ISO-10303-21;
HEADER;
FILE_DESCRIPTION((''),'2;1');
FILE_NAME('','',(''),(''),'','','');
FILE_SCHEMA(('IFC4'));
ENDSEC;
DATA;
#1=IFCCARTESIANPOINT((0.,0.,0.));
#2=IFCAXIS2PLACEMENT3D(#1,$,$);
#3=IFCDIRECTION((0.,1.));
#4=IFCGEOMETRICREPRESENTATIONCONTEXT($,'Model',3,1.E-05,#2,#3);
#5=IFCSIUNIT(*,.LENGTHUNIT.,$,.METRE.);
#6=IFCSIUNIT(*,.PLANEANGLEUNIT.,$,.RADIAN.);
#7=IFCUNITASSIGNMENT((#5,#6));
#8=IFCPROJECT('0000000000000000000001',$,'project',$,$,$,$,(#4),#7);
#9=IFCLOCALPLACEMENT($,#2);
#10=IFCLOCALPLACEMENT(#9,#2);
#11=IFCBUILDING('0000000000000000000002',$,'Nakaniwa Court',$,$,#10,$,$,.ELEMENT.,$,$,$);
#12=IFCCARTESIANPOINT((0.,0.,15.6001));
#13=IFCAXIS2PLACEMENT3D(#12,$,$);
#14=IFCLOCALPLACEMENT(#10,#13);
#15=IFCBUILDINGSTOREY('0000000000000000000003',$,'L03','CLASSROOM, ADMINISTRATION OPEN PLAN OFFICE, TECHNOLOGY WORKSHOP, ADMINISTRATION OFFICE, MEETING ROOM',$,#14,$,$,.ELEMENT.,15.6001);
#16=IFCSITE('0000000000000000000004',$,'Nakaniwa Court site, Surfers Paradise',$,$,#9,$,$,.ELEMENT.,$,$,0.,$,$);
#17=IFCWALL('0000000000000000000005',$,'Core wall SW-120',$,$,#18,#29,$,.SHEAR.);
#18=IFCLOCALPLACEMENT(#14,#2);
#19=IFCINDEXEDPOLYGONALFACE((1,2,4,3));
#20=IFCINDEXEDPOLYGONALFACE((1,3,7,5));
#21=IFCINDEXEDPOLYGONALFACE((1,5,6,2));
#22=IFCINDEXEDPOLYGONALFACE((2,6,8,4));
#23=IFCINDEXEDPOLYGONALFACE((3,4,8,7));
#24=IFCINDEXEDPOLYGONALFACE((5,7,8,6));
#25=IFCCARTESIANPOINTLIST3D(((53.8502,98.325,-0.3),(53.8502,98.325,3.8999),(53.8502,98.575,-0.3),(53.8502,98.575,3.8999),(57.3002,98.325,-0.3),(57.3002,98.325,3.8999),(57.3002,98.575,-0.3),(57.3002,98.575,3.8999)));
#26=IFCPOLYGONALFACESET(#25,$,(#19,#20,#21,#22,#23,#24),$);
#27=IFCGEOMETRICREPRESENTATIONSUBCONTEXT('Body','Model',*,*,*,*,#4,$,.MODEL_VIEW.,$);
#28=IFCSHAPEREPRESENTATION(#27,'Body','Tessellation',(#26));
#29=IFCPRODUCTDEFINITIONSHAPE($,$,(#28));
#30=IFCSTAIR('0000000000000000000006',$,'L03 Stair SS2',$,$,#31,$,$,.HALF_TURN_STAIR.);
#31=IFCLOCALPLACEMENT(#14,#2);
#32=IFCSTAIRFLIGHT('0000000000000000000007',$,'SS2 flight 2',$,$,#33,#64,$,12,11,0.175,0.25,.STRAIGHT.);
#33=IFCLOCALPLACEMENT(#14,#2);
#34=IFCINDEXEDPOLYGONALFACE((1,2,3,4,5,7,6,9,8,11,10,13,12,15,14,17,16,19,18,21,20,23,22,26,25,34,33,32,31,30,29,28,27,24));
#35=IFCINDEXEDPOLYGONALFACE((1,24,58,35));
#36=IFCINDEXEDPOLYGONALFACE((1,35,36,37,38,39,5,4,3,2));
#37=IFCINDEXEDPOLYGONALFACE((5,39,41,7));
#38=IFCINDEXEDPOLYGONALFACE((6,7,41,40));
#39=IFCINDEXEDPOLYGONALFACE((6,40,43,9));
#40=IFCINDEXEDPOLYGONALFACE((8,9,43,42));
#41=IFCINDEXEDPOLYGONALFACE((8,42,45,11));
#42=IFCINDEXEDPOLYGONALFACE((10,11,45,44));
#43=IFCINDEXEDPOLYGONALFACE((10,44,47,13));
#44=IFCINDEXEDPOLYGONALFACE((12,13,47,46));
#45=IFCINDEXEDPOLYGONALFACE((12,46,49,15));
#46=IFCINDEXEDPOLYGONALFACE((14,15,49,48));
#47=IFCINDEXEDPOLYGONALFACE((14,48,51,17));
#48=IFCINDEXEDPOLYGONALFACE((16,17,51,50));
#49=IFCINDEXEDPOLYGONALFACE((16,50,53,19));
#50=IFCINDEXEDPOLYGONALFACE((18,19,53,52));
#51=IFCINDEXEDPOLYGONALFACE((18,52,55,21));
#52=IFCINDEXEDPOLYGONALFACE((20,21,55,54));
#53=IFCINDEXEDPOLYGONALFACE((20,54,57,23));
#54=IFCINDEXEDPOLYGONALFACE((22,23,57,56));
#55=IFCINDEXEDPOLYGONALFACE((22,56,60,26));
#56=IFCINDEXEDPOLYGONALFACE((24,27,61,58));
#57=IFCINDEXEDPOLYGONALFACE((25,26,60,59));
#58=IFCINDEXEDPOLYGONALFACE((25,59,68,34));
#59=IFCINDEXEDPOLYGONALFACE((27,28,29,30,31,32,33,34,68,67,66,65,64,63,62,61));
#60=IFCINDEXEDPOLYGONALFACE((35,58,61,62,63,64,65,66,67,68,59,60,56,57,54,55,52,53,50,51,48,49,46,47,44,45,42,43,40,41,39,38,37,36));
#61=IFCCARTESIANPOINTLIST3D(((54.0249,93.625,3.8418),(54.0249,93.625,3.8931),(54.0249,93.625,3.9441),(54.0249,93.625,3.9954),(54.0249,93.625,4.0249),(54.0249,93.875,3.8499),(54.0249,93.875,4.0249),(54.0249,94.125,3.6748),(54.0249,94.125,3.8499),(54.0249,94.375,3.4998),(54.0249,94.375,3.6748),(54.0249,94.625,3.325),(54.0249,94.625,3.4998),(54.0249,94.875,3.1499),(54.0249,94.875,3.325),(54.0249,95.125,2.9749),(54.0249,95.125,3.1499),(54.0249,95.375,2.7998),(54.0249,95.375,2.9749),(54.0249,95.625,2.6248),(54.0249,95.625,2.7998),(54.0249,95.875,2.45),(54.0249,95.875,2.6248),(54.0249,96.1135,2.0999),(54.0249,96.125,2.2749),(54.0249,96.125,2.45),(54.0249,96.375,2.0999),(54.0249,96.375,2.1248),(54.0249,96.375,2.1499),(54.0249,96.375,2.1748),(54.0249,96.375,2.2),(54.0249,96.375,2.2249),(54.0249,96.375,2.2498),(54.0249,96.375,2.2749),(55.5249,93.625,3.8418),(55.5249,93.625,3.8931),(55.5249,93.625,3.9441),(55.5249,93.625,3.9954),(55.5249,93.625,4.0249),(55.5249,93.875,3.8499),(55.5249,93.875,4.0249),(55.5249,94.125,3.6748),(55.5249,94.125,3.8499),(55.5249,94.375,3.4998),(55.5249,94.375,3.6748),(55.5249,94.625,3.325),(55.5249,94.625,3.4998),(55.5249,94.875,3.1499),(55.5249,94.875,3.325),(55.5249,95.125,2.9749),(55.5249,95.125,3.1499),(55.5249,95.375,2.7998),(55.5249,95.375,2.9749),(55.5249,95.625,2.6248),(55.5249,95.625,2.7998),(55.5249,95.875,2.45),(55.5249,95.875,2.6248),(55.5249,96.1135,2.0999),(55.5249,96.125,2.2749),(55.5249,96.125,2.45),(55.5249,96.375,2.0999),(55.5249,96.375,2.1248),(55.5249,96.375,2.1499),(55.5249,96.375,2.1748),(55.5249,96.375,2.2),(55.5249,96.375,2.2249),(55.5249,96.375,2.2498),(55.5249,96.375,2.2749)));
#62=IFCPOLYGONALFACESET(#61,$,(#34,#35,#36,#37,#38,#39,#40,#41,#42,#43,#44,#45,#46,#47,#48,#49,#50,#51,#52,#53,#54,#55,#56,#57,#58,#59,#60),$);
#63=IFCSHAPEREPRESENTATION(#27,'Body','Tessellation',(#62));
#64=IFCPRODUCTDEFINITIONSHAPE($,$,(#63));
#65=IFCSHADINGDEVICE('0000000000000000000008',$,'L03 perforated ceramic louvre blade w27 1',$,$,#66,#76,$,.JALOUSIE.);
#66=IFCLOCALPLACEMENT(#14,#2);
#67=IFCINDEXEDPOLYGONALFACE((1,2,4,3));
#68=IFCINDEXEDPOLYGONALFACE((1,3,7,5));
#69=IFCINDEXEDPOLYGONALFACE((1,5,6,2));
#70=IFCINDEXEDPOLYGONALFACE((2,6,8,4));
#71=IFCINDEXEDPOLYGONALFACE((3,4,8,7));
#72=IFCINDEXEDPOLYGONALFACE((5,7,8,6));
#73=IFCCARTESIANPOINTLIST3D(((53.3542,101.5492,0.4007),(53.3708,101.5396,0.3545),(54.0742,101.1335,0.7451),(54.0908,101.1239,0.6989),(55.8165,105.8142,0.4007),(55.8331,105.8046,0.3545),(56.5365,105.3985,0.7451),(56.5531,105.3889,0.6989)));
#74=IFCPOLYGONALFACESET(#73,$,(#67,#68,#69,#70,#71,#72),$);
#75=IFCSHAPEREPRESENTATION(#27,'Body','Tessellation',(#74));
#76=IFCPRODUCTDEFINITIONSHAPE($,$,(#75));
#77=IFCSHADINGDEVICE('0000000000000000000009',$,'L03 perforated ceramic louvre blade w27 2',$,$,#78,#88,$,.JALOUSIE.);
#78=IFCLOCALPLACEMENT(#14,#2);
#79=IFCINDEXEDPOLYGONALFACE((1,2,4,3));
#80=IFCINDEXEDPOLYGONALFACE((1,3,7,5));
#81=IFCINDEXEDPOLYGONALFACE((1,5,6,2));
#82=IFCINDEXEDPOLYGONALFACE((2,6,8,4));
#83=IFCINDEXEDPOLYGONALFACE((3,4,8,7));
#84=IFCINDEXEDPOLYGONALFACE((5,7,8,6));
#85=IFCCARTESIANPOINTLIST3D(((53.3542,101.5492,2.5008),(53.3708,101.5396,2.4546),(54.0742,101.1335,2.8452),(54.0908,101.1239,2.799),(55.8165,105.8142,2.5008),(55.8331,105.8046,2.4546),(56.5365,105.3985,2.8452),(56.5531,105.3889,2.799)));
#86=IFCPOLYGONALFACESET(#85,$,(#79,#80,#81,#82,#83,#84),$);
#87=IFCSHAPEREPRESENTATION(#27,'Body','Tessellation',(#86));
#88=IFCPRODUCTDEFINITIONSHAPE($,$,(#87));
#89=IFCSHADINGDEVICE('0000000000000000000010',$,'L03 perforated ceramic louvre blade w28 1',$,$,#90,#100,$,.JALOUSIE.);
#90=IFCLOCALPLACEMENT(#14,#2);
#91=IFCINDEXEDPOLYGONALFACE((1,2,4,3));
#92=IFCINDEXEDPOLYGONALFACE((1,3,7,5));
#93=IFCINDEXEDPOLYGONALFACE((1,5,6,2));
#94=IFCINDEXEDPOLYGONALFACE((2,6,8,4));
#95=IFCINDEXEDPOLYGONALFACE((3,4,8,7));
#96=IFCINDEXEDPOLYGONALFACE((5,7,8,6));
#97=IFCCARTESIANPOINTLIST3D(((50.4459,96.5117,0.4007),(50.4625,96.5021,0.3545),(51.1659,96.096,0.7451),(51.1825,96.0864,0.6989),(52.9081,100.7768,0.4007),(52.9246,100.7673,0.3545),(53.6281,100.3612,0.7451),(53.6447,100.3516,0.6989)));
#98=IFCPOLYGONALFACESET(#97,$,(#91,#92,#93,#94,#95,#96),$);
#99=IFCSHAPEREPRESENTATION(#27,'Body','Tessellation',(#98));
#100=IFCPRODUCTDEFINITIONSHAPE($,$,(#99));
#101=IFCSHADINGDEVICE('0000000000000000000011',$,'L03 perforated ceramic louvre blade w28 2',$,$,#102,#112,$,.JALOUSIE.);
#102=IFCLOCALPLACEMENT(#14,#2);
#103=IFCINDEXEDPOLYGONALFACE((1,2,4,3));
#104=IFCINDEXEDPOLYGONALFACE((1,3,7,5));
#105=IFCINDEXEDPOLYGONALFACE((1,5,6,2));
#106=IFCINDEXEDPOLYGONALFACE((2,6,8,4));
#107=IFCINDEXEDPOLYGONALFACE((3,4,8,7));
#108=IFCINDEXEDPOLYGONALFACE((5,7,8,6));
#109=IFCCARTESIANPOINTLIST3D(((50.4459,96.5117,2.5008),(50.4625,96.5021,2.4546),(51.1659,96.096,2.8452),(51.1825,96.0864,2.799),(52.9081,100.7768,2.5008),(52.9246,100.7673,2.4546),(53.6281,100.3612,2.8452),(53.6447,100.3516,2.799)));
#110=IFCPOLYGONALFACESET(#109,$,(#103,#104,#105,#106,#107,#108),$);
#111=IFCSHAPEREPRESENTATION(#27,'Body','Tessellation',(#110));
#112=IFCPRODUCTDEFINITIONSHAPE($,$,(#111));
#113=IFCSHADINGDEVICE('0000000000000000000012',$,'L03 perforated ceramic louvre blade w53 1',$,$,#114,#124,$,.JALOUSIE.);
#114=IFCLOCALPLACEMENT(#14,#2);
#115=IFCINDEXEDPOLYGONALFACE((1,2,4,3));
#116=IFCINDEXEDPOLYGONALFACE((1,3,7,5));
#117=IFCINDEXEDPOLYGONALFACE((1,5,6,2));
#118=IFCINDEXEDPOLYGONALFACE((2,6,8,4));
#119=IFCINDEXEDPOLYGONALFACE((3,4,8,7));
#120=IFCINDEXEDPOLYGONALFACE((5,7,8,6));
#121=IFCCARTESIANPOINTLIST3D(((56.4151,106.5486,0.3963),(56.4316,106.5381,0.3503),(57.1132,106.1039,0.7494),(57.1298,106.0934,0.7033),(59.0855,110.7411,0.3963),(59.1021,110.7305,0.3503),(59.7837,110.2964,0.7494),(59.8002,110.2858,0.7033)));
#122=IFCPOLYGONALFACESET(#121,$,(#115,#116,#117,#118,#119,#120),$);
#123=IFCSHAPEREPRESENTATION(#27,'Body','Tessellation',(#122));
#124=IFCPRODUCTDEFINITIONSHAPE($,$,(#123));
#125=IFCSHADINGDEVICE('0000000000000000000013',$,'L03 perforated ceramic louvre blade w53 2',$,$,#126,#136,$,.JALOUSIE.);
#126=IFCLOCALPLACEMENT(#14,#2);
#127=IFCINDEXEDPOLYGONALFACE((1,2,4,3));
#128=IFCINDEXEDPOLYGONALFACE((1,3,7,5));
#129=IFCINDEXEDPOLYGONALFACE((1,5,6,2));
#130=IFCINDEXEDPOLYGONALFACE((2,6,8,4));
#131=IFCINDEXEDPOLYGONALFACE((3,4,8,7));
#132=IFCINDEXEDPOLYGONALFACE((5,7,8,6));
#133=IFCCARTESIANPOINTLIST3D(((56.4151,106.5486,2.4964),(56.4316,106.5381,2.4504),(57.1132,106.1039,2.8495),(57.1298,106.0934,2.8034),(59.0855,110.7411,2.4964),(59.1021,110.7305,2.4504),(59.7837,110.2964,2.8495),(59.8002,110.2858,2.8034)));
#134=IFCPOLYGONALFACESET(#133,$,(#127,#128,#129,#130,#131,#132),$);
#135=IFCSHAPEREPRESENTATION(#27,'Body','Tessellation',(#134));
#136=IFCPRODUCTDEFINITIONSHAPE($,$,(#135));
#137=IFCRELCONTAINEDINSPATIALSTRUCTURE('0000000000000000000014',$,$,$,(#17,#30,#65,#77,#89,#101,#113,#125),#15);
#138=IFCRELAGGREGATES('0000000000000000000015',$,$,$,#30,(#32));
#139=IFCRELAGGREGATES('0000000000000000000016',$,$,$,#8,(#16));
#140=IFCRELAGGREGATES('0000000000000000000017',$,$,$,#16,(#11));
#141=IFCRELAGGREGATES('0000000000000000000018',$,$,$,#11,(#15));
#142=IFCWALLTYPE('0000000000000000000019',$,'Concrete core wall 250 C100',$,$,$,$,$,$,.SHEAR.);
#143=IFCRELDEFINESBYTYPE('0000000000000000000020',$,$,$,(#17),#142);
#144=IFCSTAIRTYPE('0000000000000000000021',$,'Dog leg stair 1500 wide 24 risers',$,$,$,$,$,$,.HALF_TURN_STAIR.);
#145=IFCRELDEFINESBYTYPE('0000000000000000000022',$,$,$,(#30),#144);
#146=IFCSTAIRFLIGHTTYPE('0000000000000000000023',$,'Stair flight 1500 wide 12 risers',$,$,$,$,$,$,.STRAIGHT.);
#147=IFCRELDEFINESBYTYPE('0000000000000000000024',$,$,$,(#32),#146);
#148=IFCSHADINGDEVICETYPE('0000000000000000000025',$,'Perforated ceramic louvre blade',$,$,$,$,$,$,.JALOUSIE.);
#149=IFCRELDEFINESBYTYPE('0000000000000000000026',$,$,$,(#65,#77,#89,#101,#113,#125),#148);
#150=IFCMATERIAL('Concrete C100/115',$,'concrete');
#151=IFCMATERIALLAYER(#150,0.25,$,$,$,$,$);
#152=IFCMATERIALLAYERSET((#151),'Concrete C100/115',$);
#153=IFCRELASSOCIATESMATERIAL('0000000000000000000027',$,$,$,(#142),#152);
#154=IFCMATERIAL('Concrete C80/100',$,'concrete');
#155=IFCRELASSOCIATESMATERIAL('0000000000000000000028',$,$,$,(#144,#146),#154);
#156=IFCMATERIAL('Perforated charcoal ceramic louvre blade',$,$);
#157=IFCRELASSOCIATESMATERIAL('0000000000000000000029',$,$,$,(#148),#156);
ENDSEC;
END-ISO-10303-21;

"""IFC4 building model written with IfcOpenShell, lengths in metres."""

from ifc_helpers import new_model, si_unit, direction, frame, frame_2d, origin, origin_2d, place, context, subcontext, project, spatial, polyline, rectangle, outline, extrude, material, layer, layer_set, material_profile, profile_set, type_object, element, aggregate, save


model = new_model("IFC4")

# Units and contexts
model_context = context("Model", 3, precision=1e-05, world=origin(), true_north=direction((0.0, 1.0)))
body_context = subcontext(model_context, "Body", "Model", "MODEL_VIEW")
ifc_project = project(units=[si_unit("LENGTHUNIT", "METRE"), si_unit("PLANEANGLEUNIT", "RADIAN")], contexts=[model_context])

# Site, building, storey
site_placement = place(None, origin())
site = spatial("IfcSite", under=ifc_project, at=site_placement, Name="Nakaniwa Court site, Surfers Paradise", CompositionType="ELEMENT", RefElevation=0.0)
building_placement = place(site_placement, origin())
building = spatial("IfcBuilding", under=site, at=building_placement, Name="Nakaniwa Court", CompositionType="ELEMENT")
storey_placement = place(building_placement, frame((0.0, 0.0, 15.6001)))
storey = spatial("IfcBuildingStorey", under=building, at=storey_placement, Name="L03", Description="CLASSROOM, ADMINISTRATION OPEN PLAN OFFICE, TECHNOLOGY WORKSHOP, ADMINISTRATION OFFICE, MEETING ROOM", CompositionType="ELEMENT", Elevation=15.6001)

# Shared definitions
ifc_material_1 = material(Name="Concrete C100/115", Category="concrete")

# Shared definitions
ifc_layer_1 = layer(ifc_material_1, 0.25)
ifc_layer_set_1 = layer_set([ifc_layer_1], Name="Concrete C100/115")
wall_type_1 = type_object("IfcWallType", Name="Concrete core wall 250 C100", PredefinedType="SHEAR", material=ifc_layer_set_1)

# Wall
wall_1_placement = place(storey_placement, frame((53.8501, 98.45, -0.3), z_axis=(0.0, 0.0, 1.0), x_axis=(1.0, 0.0, 0.0)))
element("IfcWall", 1, at=wall_1_placement, inside=storey, type_object=wall_type_1, Name="Core wall SW-120", PredefinedType="SHEAR", context=body_context, shape_type="SweptSolid", body=[
    extrude(rectangle(XDim=3.45, YDim=0.25, at=frame_2d((1.7251, 0.0))), origin(), (0.0, 0.0, 1.0), 4.2),
])

# Stair, stair flight
ifc_material_2 = material(Name="Concrete C80/100", Category="concrete")
stair_type = type_object("IfcStairType", Name="Dog leg stair 1500 wide 24 risers", PredefinedType="HALF_TURN_STAIR", material=ifc_material_2)
stair_placement = place(storey_placement, origin())
stair = element("IfcStair", 2, at=stair_placement, inside=storey, type_object=stair_type, Name="L03 Stair SS2", PredefinedType="HALF_TURN_STAIR")
stair_flight_type = type_object("IfcStairFlightType", Name="Stair flight 1500 wide 12 risers", PredefinedType="STRAIGHT", material=ifc_material_2)
stair_flight_placement = place(storey_placement, frame((54.7749, 96.375, 2.0999), z_axis=(0.0, 0.0, 1.0), x_axis=(0.0, -1.0, 0.0)))
stair_flight = element("IfcStairFlight", 3, at=stair_flight_placement, type_object=stair_flight_type, Name="SS2 flight 2", NumberOfRisers=12, NumberOfTreads=11, PredefinedType="STRAIGHT", RiserHeight=0.175, TreadLength=0.25, context=body_context, shape_type="SweptSolid", body=[
    extrude(outline(polyline([(0.0, 0.0), (0.0, 0.0249), (0.0, 0.05), (0.0, 0.075), (0.0, 0.1001), (0.0, 0.125), (0.0, 0.1499), (0.0, 0.175), (0.25, 0.175), (0.25, 0.3501), (0.5, 0.3501), (0.5, 0.5249), (0.75, 0.5249), (0.75, 0.7), (1.0, 0.7), (1.0, 0.875), (1.25, 0.875), (1.25, 1.05), (1.5, 1.05), (1.5, 1.2251), (1.75, 1.2251), (1.75, 1.3999), (2.0, 1.3999), (2.0, 1.575), (2.25, 1.575), (2.25, 1.75), (2.5, 1.75), (2.5, 1.925), (2.75, 1.925), (2.75, 2.1001), (2.75, 2.0488), (2.75, 1.9978), (2.75, 1.9465), (2.75, 1.8955), (2.75, 1.8442), (2.75, 1.7932), (2.75, 1.7419), (0.2615, 0.0), (0.0, 0.0)])), frame((0.0, 0.75, 0.0), z_axis=(0.0, -1.0, 0.0), x_axis=(1.0, 0.0, 0.0)), (0.0, 0.0, 1.0), 1.5),
])
aggregate(stair, [stair_flight])

# Shading devices
ifc_material_3 = material(Name="Perforated charcoal ceramic louvre blade")
ifc_material_profile_1 = material_profile(ifc_material_3, rectangle(XDim=0.8999, YDim=0.05, at=origin_2d()), Name="Perforated ceramic louvre blade")
ifc_profile_set_1 = profile_set([ifc_material_profile_1], Name="Perforated charcoal ceramic louvre blade")
shading_device_type = type_object("IfcShadingDeviceType", Name="Perforated ceramic louvre blade", PredefinedType="JALOUSIE", material=ifc_profile_set_1)
for number, where, z_axis, x_axis, name in (
    (4, (56.1848, 105.6016, 0.5498), (-0.499989, -0.866032, 0.0), (0.800109, -0.461929, 0.382683), "L03 perforated ceramic louvre blade w27 1"),
    (5, (56.1848, 105.6016, 2.6499), (-0.499989, -0.866032, 0.0), (0.800109, -0.461929, 0.382683), "L03 perforated ceramic louvre blade w27 2"),
    (6, (53.2764, 100.5642, 0.5498), (-0.499951, -0.866054, 0.0), (0.800129, -0.461895, 0.382683), "L03 perforated ceramic louvre blade w28 1"),
    (7, (53.2764, 100.5642, 2.6499), (-0.499951, -0.866054, 0.0), (0.800129, -0.461895, 0.382683), "L03 perforated ceramic louvre blade w28 2"),
):
    element("IfcShadingDevice", number, at=place(storey_placement, frame(where, z_axis=z_axis, x_axis=x_axis)), inside=storey, type_object=shading_device_type, Name=name, PredefinedType="JALOUSIE", context=body_context, shape_type="SweptSolid", body=[
        extrude(rectangle(XDim=0.8999, YDim=0.05, at=origin_2d()), origin(), (0.0, 0.0, 1.0), 4.9248),
    ])
for number, where, z_axis, x_axis, name in (
    (8, (59.4429, 110.5134, 0.5498), (-0.537238, -0.843431, 0.0), (0.775806, -0.494163, 0.392337), "L03 perforated ceramic louvre blade w53 1"),
    (9, (59.4429, 110.5134, 2.6499), (-0.537238, -0.843431, 0.0), (0.775806, -0.494163, 0.392337), "L03 perforated ceramic louvre blade w53 2"),
):
    element("IfcShadingDevice", number, at=place(storey_placement, frame(where, z_axis=z_axis, x_axis=x_axis)), inside=storey, type_object=shading_device_type, Name=name, PredefinedType="JALOUSIE", context=body_context, shape_type="SweptSolid", body=[
        extrude(rectangle(XDim=0.8999, YDim=0.05, at=origin_2d()), origin(), (0.0, 0.0, 1.0), 4.9707),
    ])

save(model, "model.ifc")
